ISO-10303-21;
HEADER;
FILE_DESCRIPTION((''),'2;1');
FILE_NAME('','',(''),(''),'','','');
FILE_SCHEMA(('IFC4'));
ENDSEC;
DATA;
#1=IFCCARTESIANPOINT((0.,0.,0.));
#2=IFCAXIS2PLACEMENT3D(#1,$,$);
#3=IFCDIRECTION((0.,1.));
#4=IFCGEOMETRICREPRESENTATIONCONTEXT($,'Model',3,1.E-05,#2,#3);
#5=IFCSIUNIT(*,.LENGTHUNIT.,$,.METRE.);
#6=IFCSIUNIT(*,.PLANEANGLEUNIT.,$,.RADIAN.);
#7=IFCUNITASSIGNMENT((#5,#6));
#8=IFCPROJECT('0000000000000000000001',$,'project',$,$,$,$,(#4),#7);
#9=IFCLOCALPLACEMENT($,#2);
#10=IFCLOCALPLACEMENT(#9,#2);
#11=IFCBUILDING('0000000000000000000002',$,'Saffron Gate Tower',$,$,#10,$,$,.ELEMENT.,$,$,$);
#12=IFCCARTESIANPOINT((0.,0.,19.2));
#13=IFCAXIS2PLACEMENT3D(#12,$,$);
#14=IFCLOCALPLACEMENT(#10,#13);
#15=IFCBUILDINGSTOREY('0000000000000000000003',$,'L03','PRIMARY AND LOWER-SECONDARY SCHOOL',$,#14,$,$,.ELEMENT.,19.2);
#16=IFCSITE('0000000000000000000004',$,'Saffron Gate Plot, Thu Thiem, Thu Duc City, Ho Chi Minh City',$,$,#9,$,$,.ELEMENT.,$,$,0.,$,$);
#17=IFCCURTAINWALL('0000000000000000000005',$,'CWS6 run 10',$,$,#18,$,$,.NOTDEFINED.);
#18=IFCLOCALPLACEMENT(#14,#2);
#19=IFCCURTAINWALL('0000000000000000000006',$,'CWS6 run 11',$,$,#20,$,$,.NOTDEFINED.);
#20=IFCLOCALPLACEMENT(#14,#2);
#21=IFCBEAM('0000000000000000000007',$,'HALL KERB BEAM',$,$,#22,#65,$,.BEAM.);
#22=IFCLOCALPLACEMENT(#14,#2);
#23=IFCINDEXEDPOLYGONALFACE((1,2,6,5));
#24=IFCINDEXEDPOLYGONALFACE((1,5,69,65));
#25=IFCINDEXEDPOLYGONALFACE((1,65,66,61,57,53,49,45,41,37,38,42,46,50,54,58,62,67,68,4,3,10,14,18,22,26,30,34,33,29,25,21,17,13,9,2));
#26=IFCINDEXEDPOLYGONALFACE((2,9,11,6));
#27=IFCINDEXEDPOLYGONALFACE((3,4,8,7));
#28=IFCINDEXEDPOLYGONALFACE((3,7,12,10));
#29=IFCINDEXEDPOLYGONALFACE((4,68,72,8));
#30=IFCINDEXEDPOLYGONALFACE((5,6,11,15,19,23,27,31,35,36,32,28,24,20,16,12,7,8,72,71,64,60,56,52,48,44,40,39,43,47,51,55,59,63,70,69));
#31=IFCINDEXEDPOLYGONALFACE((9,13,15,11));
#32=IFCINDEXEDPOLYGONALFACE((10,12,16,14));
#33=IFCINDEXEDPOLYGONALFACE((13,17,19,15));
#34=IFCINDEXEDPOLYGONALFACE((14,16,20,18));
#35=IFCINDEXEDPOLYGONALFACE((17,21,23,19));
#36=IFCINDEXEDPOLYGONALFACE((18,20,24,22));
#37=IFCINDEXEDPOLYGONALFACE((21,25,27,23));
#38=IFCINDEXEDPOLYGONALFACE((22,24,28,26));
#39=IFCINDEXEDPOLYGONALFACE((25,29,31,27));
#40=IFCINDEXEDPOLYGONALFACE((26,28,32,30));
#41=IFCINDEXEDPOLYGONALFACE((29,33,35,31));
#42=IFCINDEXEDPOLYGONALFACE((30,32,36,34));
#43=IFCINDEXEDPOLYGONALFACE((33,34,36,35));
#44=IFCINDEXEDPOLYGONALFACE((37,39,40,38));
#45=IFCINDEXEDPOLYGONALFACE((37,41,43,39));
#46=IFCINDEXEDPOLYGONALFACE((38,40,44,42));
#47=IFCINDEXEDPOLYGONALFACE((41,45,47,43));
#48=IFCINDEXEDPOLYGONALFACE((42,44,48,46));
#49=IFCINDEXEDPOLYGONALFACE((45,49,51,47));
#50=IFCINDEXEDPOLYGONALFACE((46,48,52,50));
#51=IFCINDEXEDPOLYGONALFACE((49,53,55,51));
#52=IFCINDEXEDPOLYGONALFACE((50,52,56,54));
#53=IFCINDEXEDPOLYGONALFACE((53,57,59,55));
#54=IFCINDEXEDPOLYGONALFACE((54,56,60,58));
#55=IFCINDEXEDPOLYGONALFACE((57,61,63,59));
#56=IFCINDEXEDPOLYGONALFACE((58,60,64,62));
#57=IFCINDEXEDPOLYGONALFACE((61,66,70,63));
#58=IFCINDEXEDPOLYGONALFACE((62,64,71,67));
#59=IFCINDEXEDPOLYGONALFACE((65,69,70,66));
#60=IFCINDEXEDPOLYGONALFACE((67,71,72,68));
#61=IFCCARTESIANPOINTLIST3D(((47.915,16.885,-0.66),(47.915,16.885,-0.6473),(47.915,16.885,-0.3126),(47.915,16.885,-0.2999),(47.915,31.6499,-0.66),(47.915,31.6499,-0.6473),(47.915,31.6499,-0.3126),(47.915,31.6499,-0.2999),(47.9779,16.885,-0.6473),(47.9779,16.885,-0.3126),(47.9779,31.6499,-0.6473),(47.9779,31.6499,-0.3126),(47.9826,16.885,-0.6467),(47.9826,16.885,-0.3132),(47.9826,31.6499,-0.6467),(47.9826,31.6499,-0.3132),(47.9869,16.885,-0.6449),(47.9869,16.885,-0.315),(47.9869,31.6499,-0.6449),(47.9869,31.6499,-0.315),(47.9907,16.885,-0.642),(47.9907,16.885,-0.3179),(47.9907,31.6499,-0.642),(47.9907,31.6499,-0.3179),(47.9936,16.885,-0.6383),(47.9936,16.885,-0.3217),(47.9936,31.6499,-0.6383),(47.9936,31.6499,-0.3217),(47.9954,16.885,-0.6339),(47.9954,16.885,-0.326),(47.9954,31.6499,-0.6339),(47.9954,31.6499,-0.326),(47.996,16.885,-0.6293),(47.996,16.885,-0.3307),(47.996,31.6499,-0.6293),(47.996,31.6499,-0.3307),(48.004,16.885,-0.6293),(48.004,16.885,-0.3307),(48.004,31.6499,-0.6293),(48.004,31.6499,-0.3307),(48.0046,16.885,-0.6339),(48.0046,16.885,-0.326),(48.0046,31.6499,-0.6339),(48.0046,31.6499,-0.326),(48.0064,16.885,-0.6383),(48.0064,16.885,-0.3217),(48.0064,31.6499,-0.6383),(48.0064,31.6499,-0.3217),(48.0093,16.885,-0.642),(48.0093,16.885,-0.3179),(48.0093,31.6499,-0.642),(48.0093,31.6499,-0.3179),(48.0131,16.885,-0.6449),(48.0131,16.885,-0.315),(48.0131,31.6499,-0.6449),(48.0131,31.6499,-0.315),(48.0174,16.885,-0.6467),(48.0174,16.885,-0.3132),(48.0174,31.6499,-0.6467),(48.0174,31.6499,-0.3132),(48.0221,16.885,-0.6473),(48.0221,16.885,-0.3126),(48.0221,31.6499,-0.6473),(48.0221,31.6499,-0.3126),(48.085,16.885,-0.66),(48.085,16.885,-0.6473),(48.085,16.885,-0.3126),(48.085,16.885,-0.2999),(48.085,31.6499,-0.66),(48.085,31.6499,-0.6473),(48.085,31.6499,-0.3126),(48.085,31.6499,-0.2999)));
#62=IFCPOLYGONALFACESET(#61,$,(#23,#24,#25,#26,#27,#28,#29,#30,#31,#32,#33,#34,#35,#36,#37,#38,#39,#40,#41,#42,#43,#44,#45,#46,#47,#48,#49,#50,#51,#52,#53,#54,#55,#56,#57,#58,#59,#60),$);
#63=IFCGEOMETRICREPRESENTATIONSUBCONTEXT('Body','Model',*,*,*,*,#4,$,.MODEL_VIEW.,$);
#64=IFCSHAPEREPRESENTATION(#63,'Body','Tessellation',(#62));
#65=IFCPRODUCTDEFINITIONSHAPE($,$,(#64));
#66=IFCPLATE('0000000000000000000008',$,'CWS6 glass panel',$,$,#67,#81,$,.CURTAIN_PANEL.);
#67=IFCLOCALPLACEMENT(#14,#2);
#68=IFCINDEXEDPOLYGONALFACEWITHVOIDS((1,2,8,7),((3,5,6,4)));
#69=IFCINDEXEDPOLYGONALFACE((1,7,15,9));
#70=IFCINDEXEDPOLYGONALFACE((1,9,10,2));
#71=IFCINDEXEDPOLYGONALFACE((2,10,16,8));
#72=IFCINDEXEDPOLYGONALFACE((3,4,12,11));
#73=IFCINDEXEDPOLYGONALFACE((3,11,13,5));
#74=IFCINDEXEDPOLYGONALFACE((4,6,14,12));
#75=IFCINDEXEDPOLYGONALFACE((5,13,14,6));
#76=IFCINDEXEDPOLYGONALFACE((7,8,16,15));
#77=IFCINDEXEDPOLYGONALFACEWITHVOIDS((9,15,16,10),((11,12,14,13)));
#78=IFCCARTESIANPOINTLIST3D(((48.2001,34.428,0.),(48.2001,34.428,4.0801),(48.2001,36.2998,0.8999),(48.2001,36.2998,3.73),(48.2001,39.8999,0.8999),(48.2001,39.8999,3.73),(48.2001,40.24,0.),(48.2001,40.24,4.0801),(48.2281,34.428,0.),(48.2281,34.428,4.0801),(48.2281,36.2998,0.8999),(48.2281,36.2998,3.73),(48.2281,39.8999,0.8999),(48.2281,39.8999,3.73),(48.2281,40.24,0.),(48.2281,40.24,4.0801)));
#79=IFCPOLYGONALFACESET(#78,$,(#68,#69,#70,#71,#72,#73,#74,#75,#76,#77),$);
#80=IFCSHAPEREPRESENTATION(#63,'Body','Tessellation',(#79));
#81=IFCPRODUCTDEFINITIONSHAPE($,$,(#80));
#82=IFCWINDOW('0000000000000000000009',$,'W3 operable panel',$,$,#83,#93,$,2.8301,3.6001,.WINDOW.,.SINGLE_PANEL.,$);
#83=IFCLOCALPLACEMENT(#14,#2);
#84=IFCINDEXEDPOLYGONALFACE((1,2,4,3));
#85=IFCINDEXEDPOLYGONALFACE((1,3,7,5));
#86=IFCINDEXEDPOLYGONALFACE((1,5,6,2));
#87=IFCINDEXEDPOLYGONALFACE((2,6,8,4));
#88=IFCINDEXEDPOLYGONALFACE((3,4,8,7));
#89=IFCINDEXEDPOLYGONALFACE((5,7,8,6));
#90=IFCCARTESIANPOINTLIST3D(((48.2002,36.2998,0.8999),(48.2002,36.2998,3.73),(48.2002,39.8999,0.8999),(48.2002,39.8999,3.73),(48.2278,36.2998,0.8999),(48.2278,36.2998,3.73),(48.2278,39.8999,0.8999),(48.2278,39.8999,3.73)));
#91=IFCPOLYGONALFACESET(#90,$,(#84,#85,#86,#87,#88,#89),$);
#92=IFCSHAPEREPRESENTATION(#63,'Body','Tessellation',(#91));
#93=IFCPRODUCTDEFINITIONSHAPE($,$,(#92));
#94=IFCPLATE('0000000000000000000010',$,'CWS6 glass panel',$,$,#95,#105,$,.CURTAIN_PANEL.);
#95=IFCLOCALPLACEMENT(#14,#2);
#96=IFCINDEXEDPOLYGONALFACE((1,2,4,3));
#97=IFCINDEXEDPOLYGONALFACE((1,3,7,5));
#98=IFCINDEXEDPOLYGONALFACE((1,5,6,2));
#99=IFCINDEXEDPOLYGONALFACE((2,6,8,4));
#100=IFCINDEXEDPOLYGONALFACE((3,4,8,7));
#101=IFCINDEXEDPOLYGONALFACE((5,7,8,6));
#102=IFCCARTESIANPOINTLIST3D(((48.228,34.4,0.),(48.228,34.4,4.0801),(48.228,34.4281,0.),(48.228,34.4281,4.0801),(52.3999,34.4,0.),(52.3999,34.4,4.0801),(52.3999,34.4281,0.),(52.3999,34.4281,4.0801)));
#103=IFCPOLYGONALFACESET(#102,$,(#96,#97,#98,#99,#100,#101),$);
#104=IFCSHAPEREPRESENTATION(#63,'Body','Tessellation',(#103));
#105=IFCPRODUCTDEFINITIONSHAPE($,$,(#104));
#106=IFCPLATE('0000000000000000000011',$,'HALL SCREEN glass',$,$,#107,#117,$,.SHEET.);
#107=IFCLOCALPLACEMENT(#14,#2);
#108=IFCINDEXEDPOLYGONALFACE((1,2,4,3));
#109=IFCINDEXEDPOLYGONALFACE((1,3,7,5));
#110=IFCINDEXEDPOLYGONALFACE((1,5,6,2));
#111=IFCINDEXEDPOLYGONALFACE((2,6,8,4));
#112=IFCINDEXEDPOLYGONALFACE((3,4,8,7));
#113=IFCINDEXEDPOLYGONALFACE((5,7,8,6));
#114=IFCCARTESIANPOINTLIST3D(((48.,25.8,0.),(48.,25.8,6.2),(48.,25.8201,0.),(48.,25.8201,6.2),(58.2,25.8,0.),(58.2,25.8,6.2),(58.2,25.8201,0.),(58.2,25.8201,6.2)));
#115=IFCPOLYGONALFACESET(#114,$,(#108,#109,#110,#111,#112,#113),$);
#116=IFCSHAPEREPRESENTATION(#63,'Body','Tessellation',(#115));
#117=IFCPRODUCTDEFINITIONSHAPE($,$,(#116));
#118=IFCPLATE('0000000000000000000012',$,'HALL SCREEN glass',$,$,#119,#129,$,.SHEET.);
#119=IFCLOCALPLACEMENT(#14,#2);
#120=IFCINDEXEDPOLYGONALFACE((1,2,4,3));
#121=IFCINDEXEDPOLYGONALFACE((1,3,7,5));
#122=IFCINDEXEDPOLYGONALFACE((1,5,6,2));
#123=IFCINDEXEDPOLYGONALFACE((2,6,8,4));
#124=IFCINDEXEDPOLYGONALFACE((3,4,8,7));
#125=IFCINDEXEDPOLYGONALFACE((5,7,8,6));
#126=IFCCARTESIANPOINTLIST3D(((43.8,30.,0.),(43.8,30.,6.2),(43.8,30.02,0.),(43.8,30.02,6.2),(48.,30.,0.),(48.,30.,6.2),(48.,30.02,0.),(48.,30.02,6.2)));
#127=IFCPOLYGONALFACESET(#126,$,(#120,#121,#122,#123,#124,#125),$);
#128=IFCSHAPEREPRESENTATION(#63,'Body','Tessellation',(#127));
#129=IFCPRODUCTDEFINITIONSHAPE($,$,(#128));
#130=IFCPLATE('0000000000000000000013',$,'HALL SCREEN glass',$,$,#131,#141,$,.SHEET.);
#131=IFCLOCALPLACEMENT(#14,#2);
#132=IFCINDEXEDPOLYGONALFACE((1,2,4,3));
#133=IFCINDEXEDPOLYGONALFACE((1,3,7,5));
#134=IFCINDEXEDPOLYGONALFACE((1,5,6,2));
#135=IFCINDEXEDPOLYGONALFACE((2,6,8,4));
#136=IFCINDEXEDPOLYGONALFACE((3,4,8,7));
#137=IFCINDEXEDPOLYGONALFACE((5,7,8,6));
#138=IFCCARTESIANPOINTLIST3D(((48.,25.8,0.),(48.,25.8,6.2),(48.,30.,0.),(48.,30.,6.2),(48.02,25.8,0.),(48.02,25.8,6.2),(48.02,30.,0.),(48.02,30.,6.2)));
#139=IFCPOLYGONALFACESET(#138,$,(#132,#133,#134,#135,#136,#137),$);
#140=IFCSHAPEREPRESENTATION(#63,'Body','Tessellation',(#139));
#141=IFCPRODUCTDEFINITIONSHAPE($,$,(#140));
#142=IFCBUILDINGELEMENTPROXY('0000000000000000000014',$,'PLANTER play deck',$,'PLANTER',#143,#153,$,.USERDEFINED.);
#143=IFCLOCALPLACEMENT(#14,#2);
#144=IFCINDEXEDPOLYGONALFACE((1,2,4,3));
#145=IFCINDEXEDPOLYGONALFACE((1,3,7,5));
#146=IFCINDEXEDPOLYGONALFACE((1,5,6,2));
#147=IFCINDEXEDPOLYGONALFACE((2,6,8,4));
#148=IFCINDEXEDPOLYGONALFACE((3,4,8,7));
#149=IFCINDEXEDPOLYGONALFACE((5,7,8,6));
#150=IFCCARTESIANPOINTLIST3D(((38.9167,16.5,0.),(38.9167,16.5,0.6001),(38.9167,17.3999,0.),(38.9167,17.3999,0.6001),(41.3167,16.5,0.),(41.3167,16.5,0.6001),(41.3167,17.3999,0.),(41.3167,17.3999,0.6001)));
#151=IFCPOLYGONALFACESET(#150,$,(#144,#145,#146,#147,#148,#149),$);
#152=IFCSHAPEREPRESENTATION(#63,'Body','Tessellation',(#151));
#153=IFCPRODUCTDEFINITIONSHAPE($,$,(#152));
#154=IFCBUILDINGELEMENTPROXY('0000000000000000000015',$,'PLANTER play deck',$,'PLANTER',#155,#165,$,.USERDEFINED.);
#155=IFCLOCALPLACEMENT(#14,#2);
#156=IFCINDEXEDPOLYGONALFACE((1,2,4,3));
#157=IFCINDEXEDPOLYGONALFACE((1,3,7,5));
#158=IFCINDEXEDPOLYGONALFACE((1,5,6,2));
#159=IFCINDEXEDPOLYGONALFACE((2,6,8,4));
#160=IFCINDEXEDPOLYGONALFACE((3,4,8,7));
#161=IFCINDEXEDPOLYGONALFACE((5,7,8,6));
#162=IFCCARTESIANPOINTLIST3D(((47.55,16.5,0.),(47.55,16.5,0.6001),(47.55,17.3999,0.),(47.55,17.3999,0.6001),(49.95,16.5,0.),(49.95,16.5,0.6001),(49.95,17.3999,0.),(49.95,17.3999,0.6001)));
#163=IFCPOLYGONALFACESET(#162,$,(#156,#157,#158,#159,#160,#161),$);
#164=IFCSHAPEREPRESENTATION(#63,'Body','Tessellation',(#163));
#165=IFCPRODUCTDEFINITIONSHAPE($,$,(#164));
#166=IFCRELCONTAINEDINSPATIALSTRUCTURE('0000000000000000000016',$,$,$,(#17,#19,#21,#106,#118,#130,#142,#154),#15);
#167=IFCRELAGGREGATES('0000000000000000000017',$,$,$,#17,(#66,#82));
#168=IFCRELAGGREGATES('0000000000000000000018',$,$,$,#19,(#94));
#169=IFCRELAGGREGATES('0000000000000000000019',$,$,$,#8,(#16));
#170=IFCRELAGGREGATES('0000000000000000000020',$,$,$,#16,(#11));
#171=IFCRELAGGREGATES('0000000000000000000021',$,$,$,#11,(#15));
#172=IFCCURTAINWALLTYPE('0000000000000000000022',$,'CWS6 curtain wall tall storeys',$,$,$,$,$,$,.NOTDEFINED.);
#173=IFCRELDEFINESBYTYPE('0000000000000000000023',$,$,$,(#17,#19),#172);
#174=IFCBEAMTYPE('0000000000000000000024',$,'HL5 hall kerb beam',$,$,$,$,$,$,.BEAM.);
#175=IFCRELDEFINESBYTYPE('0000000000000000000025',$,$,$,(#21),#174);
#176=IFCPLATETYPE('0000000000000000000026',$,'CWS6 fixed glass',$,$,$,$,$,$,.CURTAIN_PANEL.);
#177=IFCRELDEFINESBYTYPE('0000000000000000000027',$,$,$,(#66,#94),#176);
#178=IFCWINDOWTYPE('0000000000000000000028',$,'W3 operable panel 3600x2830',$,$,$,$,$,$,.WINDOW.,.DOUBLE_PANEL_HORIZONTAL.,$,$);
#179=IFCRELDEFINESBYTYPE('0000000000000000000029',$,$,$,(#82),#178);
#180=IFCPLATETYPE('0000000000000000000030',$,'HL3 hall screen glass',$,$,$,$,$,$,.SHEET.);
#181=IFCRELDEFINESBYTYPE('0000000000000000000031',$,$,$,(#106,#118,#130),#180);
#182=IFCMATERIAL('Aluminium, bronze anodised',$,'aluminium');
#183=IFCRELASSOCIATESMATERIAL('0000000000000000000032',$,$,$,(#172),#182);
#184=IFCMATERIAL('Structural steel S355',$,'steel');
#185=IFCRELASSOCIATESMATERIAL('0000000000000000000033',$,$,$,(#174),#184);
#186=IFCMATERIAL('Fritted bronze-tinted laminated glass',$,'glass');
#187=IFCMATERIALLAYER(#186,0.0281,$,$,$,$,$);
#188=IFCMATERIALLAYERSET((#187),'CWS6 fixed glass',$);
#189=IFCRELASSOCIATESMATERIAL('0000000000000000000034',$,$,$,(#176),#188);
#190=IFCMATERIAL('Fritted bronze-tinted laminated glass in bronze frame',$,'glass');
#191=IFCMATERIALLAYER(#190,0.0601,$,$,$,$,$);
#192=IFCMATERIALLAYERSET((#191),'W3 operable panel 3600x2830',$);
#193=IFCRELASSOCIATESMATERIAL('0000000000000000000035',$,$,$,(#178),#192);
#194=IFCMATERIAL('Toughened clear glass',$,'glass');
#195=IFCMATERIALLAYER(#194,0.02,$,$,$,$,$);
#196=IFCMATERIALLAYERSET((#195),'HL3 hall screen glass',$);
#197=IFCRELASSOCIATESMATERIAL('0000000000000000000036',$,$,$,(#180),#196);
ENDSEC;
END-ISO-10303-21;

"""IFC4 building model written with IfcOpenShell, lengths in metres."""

from ifc_helpers import new_model, si_unit, direction, frame, frame_2d, origin, origin_2d, place, context, subcontext, project, spatial, polyline, rectangle, i_section, outline, extrude, material, layer, layer_set, material_profile, profile_set, type_object, element, fill, aggregate, save


model = new_model("IFC4")

# Units and contexts
model_context = context("Model", 3, precision=1e-05, world=origin(), true_north=direction((0.0, 1.0)))
body_context = subcontext(model_context, "Body", "Model", "MODEL_VIEW")
ifc_project = project(units=[si_unit("LENGTHUNIT", "METRE"), si_unit("PLANEANGLEUNIT", "RADIAN")], contexts=[model_context])

# Site, building, storey
site_placement = place(None, origin())
site = spatial("IfcSite", under=ifc_project, at=site_placement, Name="Saffron Gate Plot, Thu Thiem, Thu Duc City, Ho Chi Minh City", CompositionType="ELEMENT", RefElevation=0.0)
building_placement = place(site_placement, origin())
building = spatial("IfcBuilding", under=site, at=building_placement, Name="Saffron Gate Tower", CompositionType="ELEMENT")
storey_placement = place(building_placement, frame((0.0, 0.0, 19.2)))
storey = spatial("IfcBuildingStorey", under=building, at=storey_placement, Name="L03", Description="PRIMARY AND LOWER-SECONDARY SCHOOL", CompositionType="ELEMENT", Elevation=19.2)

# Shared definitions
ifc_material_1 = material(Name="Structural steel S355", Category="steel")

# Curtain wall
ifc_material_2 = material(Name="Aluminium, bronze anodised", Category="aluminium")
curtain_wall_type = type_object("IfcCurtainWallType", Name="CWS6 curtain wall tall storeys", PredefinedType="NOTDEFINED", material=ifc_material_2)
curtain_wall_1_placement = place(storey_placement, origin())
curtain_wall_1 = element("IfcCurtainWall", 1, at=curtain_wall_1_placement, inside=storey, type_object=curtain_wall_type, Name="CWS6 run 10", PredefinedType="NOTDEFINED")

# Curtain wall
curtain_wall_2_placement = place(storey_placement, origin())
curtain_wall_2 = element("IfcCurtainWall", 2, at=curtain_wall_2_placement, inside=storey, type_object=curtain_wall_type, Name="CWS6 run 11", PredefinedType="NOTDEFINED")

# Beam
ifc_material_profile_1 = material_profile(ifc_material_1, i_section(OverallWidth=0.1699, OverallDepth=0.3601, WebThickness=0.0081, FlangeThickness=0.0127, FilletRadius=0.0181, at=origin_2d()))
ifc_profile_set_1 = profile_set([ifc_material_profile_1], Name="Structural steel S355")
beam_type_1 = type_object("IfcBeamType", Name="HL5 hall kerb beam", PredefinedType="BEAM", material=ifc_profile_set_1)
for number, where, z_axis, x_axis, name in (
    (3, (48.0, 16.885, -0.48), (0.0, 1.0, 0.0), (-1.0, 0.0, 0.0), "HALL KERB BEAM"),
):
    element("IfcBeam", number, at=place(storey_placement, frame(where, z_axis=z_axis, x_axis=x_axis)), inside=storey, type_object=beam_type_1, Name=name, PredefinedType="BEAM", context=body_context, shape_type="SweptSolid", body=[
        extrude(i_section(OverallWidth=0.1699, OverallDepth=0.3601, WebThickness=0.0081, FlangeThickness=0.0127, FilletRadius=0.0181, at=origin_2d()), origin(), (0.0, 0.0, 1.0), 14.7649),
    ])

# Plate, opening, window
ifc_material_3 = material(Name="Fritted bronze-tinted laminated glass", Category="glass")
ifc_layer_1 = layer(ifc_material_3, 0.0281)
ifc_layer_set_1 = layer_set([ifc_layer_1], Name="CWS6 fixed glass")
plate_type_1 = type_object("IfcPlateType", Name="CWS6 fixed glass", PredefinedType="CURTAIN_PANEL", material=ifc_layer_set_1)
plate_1_placement = place(storey_placement, frame((48.2141, 40.24, 0.0), z_axis=(0.0, 0.0, 1.0), x_axis=(0.0, -1.0, 0.0)))
plate_1 = element("IfcPlate", 4, at=plate_1_placement, type_object=plate_type_1, Name="CWS6 glass panel", PredefinedType="CURTAIN_PANEL", context=body_context, shape_type="SweptSolid", body=[
    extrude(rectangle(XDim=5.812, YDim=0.0281, at=frame_2d((2.906, 0.0))), origin(), (0.0, 0.0, 1.0), 4.0801),
])
opening_1_placement = place(plate_1_placement, frame((0.3401, 0.0, 0.8999)))
opening_1 = element("IfcOpeningElement", 5, at=opening_1_placement, cuts=plate_1, PredefinedType="OPENING", context=body_context, shape_type="SweptSolid", body=[
    extrude(rectangle(XDim=3.6001, YDim=2.8301, at=frame_2d((1.8, 1.415))), frame((0.0, 0.0239, 0.0), z_axis=(0.0, -1.0, 0.0), x_axis=(1.0, 0.0, 0.0)), (0.0, 0.0, 1.0), 0.0481),
])
ifc_material_4 = material(Name="Fritted bronze-tinted laminated glass in bronze frame", Category="glass")
ifc_layer_2 = layer(ifc_material_4, 0.0601)
ifc_layer_set_2 = layer_set([ifc_layer_2], Name="W3 operable panel 3600x2830")
window_type_1 = type_object("IfcWindowType", Name="W3 operable panel 3600x2830", PartitioningType="DOUBLE_PANEL_HORIZONTAL", PredefinedType="WINDOW", material=ifc_layer_set_2)
window_1_placement = place(opening_1_placement, origin())
window_1 = element("IfcWindow", 6, at=window_1_placement, type_object=window_type_1, Name="W3 operable panel", OverallHeight=2.8301, OverallWidth=3.6001, PartitioningType="SINGLE_PANEL", PredefinedType="WINDOW", context=body_context, shape_type="SweptSolid", body=[
    extrude(rectangle(XDim=3.6001, YDim=2.8301, at=frame_2d((1.8, 1.415))), frame((0.0, 0.0137, 0.0), z_axis=(0.0, -1.0, 0.0), x_axis=(1.0, 0.0, 0.0)), (0.0, 0.0, 1.0), 0.0276),
])
fill(opening_1, window_1)
aggregate(curtain_wall_1, [plate_1, window_1])

# Plate
plate_2_placement = place(storey_placement, frame((48.228, 34.4141, 0.0), z_axis=(0.0, 0.0, 1.0), x_axis=(1.0, 0.0, 0.0)))
plate_2 = element("IfcPlate", 7, at=plate_2_placement, type_object=plate_type_1, Name="CWS6 glass panel", PredefinedType="CURTAIN_PANEL", context=body_context, shape_type="SweptSolid", body=[
    extrude(rectangle(XDim=4.1719, YDim=0.0281, at=frame_2d((2.0859, 0.0))), origin(), (0.0, 0.0, 1.0), 4.0801),
])
aggregate(curtain_wall_2, [plate_2])

# Plates
ifc_material_5 = material(Name="Toughened clear glass", Category="glass")
ifc_layer_3 = layer(ifc_material_5, 0.02)
ifc_layer_set_3 = layer_set([ifc_layer_3], Name="HL3 hall screen glass")
plate_type_2 = type_object("IfcPlateType", Name="HL3 hall screen glass", PredefinedType="SHEET", material=ifc_layer_set_3)
plate_3_placement = place(storey_placement, frame((48.0, 25.8, 0.0), z_axis=(0.0, -1.0, 0.0), x_axis=(1.0, 0.0, 0.0)))
element("IfcPlate", 8, at=plate_3_placement, inside=storey, type_object=plate_type_2, Name="HALL SCREEN glass", PredefinedType="SHEET", context=body_context, shape_type="SweptSolid", body=[
    extrude(outline(polyline([(0.0, 0.0), (10.2, 0.0), (10.2, 6.2), (0.0, 6.2), (0.0, 0.0)])), origin(), (0.0, 0.0, -1.0), 0.02),
])
for number, where, z_axis, x_axis, name in (
    (9, (43.8, 30.0, 0.0), (0.0, -1.0, 0.0), (1.0, 0.0, 0.0), "HALL SCREEN glass"),
    (10, (48.0, 30.0, 0.0), (-1.0, 0.0, 0.0), (0.0, -1.0, 0.0), "HALL SCREEN glass"),
):
    element("IfcPlate", number, at=place(storey_placement, frame(where, z_axis=z_axis, x_axis=x_axis)), inside=storey, type_object=plate_type_2, Name=name, PredefinedType="SHEET", context=body_context, shape_type="SweptSolid", body=[
        extrude(outline(polyline([(0.0, 0.0), (4.2, 0.0), (4.2, 6.2), (0.0, 6.2), (0.0, 0.0)])), origin(), (0.0, 0.0, -1.0), 0.02),
    ])

# Building element proxies
for number, where, z_axis, x_axis, name in (
    (11, (40.1167, 16.95, 0.0), (0.0, 0.0, 1.0), (1.0, 0.0, 0.0), "PLANTER play deck"),
    (12, (48.75, 16.95, 0.0), (0.0, 0.0, 1.0), (1.0, 0.0, 0.0), "PLANTER play deck"),
):
    element("IfcBuildingElementProxy", number, at=place(storey_placement, frame(where, z_axis=z_axis, x_axis=x_axis)), inside=storey, Name=name, ObjectType="PLANTER", PredefinedType="USERDEFINED", context=body_context, shape_type="SweptSolid", body=[
        extrude(rectangle(XDim=2.3999, YDim=0.8999, at=origin_2d()), origin(), (0.0, 0.0, 1.0), 0.6001),
    ])

save(model, "model.ifc")
